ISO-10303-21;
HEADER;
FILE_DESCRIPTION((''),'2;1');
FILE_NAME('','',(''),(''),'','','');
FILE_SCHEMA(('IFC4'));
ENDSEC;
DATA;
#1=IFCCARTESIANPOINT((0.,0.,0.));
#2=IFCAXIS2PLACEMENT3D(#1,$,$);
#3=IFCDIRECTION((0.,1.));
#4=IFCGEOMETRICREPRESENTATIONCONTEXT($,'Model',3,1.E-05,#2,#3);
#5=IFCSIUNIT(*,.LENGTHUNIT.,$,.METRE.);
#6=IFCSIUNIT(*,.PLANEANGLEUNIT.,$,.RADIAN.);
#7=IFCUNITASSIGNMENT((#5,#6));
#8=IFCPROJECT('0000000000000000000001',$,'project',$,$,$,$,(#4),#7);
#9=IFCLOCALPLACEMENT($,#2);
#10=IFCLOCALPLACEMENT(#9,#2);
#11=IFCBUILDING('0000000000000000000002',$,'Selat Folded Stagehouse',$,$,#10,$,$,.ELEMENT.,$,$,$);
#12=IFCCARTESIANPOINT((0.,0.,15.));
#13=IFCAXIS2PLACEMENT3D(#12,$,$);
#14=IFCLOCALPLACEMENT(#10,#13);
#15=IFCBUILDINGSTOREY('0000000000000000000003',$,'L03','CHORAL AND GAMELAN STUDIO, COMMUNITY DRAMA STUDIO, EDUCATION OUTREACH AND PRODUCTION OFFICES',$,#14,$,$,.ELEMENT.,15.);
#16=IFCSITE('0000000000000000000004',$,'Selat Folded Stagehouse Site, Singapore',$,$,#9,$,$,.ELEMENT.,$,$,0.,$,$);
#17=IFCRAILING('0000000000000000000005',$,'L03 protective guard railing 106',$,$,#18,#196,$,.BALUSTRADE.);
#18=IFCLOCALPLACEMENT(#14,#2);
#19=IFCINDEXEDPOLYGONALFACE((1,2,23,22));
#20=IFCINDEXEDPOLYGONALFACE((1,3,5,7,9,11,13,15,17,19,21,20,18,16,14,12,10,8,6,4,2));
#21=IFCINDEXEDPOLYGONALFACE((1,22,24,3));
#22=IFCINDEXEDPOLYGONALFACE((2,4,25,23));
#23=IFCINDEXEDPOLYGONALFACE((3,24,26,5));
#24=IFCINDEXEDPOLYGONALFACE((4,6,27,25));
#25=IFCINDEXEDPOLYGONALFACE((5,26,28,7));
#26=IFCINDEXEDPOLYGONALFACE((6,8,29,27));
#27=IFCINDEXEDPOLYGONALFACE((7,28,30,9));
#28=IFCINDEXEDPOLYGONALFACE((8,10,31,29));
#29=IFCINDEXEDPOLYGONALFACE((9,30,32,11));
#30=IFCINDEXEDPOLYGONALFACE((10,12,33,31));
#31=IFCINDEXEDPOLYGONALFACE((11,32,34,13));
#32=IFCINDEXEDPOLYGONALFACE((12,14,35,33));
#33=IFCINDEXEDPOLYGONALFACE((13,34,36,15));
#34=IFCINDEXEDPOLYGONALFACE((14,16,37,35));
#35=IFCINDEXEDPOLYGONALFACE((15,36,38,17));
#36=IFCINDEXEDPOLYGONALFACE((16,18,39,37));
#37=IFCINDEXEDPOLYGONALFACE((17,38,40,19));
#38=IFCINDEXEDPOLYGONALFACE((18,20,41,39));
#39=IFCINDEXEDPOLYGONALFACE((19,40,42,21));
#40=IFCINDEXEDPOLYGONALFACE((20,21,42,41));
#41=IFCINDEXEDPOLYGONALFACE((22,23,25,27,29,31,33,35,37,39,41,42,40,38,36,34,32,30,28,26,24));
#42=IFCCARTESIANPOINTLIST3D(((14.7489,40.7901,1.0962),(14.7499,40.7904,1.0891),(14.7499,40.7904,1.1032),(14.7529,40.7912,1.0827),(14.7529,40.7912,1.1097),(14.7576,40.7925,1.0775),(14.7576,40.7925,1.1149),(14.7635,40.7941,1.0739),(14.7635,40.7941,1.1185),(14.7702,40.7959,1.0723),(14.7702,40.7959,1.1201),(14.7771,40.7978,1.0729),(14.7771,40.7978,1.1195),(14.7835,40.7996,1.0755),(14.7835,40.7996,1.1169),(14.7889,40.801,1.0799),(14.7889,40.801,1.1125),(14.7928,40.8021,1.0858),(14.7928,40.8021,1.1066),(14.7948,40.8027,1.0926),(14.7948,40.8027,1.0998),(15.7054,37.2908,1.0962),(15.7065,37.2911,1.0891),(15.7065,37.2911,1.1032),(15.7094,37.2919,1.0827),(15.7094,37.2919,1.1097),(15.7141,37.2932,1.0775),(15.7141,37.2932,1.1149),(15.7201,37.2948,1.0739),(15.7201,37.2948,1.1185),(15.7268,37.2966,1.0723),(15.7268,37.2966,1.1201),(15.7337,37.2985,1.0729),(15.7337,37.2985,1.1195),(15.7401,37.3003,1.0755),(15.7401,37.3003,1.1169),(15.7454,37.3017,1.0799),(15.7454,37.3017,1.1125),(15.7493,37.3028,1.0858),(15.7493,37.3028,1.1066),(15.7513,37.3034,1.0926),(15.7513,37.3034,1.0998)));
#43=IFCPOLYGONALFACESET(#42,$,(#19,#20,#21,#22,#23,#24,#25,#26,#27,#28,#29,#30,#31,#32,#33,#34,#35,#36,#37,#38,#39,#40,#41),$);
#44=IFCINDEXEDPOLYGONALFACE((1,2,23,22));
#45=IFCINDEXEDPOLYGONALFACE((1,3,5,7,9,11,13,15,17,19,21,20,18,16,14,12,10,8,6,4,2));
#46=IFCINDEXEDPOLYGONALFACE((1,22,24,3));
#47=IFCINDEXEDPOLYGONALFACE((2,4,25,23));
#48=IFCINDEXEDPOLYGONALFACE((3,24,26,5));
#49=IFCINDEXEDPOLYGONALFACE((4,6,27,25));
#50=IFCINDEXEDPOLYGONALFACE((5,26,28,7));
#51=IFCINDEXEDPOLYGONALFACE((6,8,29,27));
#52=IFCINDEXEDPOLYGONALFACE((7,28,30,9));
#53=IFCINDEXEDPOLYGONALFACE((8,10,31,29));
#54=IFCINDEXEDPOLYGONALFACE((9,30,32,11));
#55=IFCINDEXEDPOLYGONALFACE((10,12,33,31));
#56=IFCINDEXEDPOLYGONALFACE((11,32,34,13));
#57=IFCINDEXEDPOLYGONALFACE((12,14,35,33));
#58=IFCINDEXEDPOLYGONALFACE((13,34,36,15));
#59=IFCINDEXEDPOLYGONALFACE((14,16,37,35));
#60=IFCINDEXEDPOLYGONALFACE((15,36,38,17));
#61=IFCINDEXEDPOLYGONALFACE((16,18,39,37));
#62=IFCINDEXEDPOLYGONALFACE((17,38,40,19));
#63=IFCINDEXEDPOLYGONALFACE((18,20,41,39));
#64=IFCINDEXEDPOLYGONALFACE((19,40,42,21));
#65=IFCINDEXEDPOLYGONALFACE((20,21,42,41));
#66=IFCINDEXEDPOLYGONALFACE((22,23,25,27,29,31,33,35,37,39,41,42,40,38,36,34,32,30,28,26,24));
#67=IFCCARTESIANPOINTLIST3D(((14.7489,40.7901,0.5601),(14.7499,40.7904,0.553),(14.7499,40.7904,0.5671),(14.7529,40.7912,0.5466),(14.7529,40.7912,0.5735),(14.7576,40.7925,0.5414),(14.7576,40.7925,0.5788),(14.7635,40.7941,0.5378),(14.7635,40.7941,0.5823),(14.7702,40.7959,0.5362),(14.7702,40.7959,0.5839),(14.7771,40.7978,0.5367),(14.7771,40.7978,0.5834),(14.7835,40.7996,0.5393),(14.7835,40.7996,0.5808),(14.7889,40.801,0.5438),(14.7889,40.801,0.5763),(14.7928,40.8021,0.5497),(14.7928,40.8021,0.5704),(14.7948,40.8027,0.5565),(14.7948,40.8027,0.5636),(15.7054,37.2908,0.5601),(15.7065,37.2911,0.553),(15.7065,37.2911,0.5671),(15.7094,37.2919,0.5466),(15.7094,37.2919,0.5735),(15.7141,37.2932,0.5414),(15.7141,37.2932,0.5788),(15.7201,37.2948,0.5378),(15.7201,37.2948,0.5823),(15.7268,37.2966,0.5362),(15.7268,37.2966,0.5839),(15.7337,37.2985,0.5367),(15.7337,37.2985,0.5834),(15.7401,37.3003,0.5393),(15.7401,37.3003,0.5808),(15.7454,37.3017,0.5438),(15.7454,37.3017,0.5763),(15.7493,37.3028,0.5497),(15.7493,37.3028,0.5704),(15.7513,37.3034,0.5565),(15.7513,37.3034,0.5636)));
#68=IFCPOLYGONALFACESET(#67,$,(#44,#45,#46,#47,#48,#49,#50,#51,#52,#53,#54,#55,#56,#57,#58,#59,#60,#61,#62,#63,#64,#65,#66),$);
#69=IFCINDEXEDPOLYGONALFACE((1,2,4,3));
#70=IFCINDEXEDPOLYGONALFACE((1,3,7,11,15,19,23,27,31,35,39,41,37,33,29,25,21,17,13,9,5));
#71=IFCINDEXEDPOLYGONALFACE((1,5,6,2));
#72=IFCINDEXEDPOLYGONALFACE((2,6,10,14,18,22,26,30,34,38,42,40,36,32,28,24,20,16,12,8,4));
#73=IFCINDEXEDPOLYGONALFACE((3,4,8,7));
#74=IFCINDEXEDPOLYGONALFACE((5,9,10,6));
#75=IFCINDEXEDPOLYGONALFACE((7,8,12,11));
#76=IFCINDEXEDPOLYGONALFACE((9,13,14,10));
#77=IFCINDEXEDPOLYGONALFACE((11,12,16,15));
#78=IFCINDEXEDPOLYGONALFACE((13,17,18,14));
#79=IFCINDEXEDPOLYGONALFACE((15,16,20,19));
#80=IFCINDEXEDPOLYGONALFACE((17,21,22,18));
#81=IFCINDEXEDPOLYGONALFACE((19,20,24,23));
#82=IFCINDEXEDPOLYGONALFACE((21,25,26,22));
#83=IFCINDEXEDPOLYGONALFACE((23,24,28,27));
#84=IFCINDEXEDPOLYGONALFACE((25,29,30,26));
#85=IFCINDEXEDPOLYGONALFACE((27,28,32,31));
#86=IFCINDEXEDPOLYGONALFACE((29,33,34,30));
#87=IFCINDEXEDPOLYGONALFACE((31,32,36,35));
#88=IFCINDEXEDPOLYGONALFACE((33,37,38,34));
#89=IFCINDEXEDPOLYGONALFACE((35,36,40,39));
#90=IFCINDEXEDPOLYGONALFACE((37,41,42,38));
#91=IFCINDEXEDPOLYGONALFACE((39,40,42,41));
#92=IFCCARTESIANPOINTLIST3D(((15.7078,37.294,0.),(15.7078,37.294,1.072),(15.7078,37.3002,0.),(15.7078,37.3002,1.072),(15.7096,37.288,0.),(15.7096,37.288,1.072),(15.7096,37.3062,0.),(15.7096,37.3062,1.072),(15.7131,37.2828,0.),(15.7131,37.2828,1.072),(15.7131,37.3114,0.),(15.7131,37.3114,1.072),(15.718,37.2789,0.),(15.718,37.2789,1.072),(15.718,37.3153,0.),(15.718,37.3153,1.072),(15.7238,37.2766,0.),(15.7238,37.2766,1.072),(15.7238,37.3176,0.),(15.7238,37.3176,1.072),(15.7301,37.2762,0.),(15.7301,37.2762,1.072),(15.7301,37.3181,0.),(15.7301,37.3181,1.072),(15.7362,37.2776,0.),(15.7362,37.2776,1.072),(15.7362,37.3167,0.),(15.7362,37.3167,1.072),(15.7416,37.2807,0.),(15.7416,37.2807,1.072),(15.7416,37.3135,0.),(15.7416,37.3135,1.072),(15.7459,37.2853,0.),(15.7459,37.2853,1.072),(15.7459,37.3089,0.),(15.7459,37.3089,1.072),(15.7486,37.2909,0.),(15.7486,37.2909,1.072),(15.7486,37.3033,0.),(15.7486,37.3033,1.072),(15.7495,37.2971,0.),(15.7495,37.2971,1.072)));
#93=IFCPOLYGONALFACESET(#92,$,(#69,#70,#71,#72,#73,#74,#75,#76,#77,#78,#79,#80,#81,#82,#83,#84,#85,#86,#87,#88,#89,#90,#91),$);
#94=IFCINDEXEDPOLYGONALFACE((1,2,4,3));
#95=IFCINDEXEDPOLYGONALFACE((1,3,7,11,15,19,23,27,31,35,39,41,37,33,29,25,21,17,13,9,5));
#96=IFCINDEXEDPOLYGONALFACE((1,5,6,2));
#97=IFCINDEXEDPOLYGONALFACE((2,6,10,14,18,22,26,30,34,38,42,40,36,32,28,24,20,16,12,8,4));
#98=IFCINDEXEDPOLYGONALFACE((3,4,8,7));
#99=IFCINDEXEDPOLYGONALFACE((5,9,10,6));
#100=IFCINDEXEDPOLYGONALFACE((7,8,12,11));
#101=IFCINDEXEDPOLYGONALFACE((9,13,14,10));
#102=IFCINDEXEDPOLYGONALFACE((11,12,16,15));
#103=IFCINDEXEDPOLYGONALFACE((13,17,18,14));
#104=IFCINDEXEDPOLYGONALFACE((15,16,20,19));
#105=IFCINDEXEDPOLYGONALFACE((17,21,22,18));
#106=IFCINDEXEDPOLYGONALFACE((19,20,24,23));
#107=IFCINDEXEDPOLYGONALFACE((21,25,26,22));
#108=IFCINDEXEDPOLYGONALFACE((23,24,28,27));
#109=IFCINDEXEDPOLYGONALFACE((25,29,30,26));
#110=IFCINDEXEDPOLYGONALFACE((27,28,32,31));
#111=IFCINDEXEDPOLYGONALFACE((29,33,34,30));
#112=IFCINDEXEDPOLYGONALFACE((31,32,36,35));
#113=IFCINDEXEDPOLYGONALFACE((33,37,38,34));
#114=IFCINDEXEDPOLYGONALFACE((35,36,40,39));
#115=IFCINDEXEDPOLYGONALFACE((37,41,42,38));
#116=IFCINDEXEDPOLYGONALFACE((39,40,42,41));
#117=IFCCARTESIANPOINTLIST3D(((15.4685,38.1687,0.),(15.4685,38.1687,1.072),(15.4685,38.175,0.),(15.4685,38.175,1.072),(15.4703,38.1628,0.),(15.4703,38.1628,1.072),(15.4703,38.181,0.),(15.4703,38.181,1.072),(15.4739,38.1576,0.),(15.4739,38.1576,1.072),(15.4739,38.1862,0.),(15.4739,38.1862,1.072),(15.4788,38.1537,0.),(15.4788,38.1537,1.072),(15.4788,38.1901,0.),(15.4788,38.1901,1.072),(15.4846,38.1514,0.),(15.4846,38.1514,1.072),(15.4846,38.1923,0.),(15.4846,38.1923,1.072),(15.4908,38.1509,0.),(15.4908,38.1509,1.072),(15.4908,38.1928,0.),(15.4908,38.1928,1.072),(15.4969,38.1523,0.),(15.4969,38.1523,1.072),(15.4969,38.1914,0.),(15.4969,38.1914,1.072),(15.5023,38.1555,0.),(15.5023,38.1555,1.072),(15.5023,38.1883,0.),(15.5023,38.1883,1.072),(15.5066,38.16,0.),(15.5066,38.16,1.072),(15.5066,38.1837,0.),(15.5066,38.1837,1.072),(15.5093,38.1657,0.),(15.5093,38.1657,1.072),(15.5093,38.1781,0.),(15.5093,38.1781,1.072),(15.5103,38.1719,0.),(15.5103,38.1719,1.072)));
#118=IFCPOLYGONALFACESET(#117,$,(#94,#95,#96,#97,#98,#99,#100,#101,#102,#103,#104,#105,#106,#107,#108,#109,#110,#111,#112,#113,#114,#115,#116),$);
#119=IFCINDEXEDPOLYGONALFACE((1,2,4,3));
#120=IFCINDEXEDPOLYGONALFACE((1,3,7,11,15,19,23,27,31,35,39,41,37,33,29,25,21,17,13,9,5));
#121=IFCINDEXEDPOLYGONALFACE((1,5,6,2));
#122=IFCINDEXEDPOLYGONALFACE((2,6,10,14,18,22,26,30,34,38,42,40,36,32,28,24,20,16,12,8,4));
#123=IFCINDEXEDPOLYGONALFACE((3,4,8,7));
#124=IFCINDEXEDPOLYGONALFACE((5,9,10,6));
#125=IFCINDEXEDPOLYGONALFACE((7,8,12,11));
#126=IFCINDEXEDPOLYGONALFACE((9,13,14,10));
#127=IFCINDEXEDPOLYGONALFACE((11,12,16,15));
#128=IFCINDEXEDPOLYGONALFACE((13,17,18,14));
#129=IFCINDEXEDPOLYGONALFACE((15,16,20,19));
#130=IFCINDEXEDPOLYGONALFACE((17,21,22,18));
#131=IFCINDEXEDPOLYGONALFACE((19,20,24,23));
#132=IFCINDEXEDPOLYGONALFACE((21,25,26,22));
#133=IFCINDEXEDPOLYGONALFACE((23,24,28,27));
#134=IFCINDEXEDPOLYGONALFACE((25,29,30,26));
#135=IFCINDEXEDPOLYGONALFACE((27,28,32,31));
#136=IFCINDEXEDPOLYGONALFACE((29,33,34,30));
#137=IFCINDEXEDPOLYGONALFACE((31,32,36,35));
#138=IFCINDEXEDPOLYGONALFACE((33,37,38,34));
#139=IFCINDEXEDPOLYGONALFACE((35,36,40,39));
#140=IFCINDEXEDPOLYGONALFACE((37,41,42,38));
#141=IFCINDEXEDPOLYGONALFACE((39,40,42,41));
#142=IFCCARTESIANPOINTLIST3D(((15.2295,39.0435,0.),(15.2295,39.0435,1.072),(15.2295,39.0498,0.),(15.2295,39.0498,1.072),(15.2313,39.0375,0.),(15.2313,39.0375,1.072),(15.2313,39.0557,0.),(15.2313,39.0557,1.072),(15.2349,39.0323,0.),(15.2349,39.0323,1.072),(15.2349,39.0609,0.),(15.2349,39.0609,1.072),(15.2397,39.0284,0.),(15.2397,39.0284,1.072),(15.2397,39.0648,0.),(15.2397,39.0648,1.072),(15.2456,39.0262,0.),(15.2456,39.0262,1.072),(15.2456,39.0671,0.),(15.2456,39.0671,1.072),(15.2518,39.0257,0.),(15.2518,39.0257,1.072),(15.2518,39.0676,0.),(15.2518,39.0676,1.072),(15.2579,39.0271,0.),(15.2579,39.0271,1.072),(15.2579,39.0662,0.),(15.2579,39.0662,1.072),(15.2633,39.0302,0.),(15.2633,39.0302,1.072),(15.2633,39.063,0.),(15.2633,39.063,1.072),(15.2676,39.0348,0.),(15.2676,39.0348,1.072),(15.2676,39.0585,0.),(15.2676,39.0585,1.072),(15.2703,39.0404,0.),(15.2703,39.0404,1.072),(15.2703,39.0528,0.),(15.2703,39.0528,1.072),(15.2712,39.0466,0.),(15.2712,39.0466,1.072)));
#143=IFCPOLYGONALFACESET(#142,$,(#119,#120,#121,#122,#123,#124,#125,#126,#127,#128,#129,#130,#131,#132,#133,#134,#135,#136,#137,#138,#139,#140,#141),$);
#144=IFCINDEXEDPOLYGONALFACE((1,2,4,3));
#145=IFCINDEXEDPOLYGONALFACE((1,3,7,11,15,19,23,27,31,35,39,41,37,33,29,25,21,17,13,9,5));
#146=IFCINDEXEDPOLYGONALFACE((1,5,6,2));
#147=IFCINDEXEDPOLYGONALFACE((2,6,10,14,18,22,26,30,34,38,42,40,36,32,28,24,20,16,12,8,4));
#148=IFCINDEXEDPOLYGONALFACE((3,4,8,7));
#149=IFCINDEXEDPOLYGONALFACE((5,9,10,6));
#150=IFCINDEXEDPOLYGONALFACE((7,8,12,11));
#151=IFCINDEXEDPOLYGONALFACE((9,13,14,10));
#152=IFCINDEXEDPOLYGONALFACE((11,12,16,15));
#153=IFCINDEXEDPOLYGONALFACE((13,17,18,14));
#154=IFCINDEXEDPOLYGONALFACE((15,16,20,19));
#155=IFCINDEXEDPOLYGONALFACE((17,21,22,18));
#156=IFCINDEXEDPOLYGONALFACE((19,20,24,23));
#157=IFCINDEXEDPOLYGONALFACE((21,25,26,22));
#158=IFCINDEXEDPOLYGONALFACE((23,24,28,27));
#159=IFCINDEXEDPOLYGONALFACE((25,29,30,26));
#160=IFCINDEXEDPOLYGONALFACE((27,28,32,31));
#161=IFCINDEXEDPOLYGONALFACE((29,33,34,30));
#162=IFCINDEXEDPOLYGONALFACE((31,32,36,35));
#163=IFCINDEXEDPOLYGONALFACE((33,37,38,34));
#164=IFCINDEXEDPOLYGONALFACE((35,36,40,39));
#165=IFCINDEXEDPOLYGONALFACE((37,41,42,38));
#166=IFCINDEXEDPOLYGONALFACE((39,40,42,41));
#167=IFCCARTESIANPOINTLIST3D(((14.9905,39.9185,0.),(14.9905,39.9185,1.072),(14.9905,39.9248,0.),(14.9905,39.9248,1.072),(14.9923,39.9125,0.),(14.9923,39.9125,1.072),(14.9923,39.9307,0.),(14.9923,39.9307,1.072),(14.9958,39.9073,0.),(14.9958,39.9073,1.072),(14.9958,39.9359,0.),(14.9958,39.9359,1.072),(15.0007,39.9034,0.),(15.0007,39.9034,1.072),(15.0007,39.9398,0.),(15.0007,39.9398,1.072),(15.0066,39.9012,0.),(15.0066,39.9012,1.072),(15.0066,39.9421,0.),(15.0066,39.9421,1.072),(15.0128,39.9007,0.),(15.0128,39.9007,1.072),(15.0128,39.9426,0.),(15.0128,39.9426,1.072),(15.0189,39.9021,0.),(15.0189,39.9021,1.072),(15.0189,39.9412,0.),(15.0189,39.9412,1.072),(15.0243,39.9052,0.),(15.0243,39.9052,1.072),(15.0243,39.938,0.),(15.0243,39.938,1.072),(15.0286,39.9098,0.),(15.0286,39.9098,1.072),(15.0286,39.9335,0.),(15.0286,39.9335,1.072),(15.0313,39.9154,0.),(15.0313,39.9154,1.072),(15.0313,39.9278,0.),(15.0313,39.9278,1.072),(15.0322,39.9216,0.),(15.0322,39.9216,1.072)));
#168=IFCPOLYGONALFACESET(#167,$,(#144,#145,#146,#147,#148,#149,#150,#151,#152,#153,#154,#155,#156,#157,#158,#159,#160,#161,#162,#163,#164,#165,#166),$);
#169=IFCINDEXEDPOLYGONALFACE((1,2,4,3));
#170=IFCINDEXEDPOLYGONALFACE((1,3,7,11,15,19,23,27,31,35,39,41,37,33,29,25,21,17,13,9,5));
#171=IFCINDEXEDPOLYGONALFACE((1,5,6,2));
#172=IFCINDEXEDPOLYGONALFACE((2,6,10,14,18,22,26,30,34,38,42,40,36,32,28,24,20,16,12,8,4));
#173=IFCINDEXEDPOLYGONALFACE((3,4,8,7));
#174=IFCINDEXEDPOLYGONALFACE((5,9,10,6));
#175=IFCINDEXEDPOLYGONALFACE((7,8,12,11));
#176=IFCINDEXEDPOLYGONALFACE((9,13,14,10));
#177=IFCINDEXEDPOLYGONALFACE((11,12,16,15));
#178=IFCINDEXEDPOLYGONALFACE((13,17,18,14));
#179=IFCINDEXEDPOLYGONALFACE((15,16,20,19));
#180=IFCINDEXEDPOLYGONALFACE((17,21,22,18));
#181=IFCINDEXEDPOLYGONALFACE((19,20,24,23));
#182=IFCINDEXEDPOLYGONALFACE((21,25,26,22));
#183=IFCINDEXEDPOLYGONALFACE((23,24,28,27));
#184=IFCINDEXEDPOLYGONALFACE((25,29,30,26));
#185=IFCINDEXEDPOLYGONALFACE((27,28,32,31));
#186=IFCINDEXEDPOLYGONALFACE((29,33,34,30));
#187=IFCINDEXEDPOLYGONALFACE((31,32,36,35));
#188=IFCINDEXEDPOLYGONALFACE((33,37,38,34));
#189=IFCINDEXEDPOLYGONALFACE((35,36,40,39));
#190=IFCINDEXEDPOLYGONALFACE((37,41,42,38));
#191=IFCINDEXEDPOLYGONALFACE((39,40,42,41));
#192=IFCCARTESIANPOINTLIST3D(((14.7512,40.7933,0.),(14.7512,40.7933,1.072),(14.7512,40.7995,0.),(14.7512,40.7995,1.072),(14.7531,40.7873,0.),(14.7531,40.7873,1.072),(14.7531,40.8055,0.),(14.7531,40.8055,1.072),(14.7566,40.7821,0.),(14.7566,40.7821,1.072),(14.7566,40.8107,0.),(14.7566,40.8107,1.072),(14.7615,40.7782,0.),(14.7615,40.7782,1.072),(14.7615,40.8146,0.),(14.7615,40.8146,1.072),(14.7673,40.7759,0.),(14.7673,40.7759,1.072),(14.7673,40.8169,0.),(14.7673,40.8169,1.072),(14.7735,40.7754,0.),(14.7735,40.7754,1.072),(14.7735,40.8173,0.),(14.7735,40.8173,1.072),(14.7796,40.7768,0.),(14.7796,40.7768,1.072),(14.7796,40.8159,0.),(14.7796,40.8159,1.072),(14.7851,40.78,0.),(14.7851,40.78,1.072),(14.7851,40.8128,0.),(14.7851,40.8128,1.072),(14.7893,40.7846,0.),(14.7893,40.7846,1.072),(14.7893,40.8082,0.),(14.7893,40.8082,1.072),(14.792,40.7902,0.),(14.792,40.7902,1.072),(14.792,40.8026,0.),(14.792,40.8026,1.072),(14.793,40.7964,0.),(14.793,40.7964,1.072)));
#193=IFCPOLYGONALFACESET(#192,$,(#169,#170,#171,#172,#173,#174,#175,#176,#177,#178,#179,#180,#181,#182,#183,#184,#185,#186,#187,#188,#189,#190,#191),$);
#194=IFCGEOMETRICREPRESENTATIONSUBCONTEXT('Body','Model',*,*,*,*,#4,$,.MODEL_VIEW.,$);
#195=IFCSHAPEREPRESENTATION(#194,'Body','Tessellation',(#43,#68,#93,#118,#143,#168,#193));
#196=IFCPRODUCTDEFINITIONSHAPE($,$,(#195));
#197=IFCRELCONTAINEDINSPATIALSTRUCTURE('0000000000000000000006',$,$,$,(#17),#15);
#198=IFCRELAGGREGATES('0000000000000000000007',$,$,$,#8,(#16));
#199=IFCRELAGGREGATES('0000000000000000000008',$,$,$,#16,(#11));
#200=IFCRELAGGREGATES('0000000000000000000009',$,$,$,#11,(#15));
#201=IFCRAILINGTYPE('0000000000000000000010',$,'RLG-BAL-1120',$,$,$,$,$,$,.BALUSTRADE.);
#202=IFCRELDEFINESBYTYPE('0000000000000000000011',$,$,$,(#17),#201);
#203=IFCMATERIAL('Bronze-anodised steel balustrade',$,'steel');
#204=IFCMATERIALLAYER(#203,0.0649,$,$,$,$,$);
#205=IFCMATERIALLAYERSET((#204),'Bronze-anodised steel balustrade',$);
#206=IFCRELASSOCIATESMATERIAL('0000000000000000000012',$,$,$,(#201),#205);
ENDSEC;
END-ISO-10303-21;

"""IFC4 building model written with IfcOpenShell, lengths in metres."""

from ifc_helpers import new_model, si_unit, direction, frame, origin, origin_2d, place, context, subcontext, project, spatial, circle, extrude, material, layer, layer_set, type_object, element, save


model = new_model("IFC4")

# Units and contexts
model_context = context("Model", 3, precision=1e-05, world=origin(), true_north=direction((0.0, 1.0)))
body_context = subcontext(model_context, "Body", "Model", "MODEL_VIEW")
ifc_project = project(units=[si_unit("LENGTHUNIT", "METRE"), si_unit("PLANEANGLEUNIT", "RADIAN")], contexts=[model_context])

# Site, building, storey
site_placement = place(None, origin())
site = spatial("IfcSite", under=ifc_project, at=site_placement, Name="Selat Folded Stagehouse Site, Singapore", CompositionType="ELEMENT", RefElevation=0.0)
building_placement = place(site_placement, origin())
building = spatial("IfcBuilding", under=site, at=building_placement, Name="Selat Folded Stagehouse", CompositionType="ELEMENT")
storey_placement = place(building_placement, frame((0.0, 0.0, 15.0)))
storey = spatial("IfcBuildingStorey", under=building, at=storey_placement, Name="L03", Description="CHORAL AND GAMELAN STUDIO, COMMUNITY DRAMA STUDIO, EDUCATION OUTREACH AND PRODUCTION OFFICES", CompositionType="ELEMENT", Elevation=15.0)

# Railing
ifc_material_1 = material(Name="Bronze-anodised steel balustrade", Category="steel")
ifc_layer_1 = layer(ifc_material_1, 0.0649)
ifc_layer_set_1 = layer_set([ifc_layer_1], Name="Bronze-anodised steel balustrade")
railing_type = type_object("IfcRailingType", Name="RLG-BAL-1120", PredefinedType="BALUSTRADE", material=ifc_layer_set_1)
railing_1_placement = place(storey_placement, frame((15.7285, 37.2971, 0.0)))
element("IfcRailing", 1, at=railing_1_placement, inside=storey, type_object=railing_type, Name="L03 protective guard railing 106", PredefinedType="BALUSTRADE", context=body_context, shape_type="SweptSolid", body=[
    extrude(circle(Radius=0.0239, at=origin_2d()), frame((0.0, 0.0, 1.0962), z_axis=(-0.263681, 0.96461, 0.0), x_axis=(-0.96461, -0.263681, 0.0)), (0.0, 0.0, 1.0), 3.6277),
    extrude(circle(Radius=0.0239, at=origin_2d()), frame((0.0, 0.0, 0.5601), z_axis=(-0.263681, 0.96461, 0.0), x_axis=(-0.96461, -0.263681, 0.0)), (0.0, 0.0, 1.0), 3.6277),
    extrude(circle(Radius=0.021, at=origin_2d()), origin(), (0.0, 0.0, 1.0), 1.072),
    extrude(circle(Radius=0.021, at=origin_2d()), frame((-0.2393, 0.8748, 0.0)), (0.0, 0.0, 1.0), 1.072),
    extrude(circle(Radius=0.021, at=origin_2d()), frame((-0.4783, 1.7495, 0.0)), (0.0, 0.0, 1.0), 1.072),
    extrude(circle(Radius=0.021, at=origin_2d()), frame((-0.7173, 2.6245, 0.0)), (0.0, 0.0, 1.0), 1.072),
    extrude(circle(Radius=0.021, at=origin_2d()), frame((-0.9565, 3.4993, 0.0)), (0.0, 0.0, 1.0), 1.072),
])

save(model, "model.ifc")
